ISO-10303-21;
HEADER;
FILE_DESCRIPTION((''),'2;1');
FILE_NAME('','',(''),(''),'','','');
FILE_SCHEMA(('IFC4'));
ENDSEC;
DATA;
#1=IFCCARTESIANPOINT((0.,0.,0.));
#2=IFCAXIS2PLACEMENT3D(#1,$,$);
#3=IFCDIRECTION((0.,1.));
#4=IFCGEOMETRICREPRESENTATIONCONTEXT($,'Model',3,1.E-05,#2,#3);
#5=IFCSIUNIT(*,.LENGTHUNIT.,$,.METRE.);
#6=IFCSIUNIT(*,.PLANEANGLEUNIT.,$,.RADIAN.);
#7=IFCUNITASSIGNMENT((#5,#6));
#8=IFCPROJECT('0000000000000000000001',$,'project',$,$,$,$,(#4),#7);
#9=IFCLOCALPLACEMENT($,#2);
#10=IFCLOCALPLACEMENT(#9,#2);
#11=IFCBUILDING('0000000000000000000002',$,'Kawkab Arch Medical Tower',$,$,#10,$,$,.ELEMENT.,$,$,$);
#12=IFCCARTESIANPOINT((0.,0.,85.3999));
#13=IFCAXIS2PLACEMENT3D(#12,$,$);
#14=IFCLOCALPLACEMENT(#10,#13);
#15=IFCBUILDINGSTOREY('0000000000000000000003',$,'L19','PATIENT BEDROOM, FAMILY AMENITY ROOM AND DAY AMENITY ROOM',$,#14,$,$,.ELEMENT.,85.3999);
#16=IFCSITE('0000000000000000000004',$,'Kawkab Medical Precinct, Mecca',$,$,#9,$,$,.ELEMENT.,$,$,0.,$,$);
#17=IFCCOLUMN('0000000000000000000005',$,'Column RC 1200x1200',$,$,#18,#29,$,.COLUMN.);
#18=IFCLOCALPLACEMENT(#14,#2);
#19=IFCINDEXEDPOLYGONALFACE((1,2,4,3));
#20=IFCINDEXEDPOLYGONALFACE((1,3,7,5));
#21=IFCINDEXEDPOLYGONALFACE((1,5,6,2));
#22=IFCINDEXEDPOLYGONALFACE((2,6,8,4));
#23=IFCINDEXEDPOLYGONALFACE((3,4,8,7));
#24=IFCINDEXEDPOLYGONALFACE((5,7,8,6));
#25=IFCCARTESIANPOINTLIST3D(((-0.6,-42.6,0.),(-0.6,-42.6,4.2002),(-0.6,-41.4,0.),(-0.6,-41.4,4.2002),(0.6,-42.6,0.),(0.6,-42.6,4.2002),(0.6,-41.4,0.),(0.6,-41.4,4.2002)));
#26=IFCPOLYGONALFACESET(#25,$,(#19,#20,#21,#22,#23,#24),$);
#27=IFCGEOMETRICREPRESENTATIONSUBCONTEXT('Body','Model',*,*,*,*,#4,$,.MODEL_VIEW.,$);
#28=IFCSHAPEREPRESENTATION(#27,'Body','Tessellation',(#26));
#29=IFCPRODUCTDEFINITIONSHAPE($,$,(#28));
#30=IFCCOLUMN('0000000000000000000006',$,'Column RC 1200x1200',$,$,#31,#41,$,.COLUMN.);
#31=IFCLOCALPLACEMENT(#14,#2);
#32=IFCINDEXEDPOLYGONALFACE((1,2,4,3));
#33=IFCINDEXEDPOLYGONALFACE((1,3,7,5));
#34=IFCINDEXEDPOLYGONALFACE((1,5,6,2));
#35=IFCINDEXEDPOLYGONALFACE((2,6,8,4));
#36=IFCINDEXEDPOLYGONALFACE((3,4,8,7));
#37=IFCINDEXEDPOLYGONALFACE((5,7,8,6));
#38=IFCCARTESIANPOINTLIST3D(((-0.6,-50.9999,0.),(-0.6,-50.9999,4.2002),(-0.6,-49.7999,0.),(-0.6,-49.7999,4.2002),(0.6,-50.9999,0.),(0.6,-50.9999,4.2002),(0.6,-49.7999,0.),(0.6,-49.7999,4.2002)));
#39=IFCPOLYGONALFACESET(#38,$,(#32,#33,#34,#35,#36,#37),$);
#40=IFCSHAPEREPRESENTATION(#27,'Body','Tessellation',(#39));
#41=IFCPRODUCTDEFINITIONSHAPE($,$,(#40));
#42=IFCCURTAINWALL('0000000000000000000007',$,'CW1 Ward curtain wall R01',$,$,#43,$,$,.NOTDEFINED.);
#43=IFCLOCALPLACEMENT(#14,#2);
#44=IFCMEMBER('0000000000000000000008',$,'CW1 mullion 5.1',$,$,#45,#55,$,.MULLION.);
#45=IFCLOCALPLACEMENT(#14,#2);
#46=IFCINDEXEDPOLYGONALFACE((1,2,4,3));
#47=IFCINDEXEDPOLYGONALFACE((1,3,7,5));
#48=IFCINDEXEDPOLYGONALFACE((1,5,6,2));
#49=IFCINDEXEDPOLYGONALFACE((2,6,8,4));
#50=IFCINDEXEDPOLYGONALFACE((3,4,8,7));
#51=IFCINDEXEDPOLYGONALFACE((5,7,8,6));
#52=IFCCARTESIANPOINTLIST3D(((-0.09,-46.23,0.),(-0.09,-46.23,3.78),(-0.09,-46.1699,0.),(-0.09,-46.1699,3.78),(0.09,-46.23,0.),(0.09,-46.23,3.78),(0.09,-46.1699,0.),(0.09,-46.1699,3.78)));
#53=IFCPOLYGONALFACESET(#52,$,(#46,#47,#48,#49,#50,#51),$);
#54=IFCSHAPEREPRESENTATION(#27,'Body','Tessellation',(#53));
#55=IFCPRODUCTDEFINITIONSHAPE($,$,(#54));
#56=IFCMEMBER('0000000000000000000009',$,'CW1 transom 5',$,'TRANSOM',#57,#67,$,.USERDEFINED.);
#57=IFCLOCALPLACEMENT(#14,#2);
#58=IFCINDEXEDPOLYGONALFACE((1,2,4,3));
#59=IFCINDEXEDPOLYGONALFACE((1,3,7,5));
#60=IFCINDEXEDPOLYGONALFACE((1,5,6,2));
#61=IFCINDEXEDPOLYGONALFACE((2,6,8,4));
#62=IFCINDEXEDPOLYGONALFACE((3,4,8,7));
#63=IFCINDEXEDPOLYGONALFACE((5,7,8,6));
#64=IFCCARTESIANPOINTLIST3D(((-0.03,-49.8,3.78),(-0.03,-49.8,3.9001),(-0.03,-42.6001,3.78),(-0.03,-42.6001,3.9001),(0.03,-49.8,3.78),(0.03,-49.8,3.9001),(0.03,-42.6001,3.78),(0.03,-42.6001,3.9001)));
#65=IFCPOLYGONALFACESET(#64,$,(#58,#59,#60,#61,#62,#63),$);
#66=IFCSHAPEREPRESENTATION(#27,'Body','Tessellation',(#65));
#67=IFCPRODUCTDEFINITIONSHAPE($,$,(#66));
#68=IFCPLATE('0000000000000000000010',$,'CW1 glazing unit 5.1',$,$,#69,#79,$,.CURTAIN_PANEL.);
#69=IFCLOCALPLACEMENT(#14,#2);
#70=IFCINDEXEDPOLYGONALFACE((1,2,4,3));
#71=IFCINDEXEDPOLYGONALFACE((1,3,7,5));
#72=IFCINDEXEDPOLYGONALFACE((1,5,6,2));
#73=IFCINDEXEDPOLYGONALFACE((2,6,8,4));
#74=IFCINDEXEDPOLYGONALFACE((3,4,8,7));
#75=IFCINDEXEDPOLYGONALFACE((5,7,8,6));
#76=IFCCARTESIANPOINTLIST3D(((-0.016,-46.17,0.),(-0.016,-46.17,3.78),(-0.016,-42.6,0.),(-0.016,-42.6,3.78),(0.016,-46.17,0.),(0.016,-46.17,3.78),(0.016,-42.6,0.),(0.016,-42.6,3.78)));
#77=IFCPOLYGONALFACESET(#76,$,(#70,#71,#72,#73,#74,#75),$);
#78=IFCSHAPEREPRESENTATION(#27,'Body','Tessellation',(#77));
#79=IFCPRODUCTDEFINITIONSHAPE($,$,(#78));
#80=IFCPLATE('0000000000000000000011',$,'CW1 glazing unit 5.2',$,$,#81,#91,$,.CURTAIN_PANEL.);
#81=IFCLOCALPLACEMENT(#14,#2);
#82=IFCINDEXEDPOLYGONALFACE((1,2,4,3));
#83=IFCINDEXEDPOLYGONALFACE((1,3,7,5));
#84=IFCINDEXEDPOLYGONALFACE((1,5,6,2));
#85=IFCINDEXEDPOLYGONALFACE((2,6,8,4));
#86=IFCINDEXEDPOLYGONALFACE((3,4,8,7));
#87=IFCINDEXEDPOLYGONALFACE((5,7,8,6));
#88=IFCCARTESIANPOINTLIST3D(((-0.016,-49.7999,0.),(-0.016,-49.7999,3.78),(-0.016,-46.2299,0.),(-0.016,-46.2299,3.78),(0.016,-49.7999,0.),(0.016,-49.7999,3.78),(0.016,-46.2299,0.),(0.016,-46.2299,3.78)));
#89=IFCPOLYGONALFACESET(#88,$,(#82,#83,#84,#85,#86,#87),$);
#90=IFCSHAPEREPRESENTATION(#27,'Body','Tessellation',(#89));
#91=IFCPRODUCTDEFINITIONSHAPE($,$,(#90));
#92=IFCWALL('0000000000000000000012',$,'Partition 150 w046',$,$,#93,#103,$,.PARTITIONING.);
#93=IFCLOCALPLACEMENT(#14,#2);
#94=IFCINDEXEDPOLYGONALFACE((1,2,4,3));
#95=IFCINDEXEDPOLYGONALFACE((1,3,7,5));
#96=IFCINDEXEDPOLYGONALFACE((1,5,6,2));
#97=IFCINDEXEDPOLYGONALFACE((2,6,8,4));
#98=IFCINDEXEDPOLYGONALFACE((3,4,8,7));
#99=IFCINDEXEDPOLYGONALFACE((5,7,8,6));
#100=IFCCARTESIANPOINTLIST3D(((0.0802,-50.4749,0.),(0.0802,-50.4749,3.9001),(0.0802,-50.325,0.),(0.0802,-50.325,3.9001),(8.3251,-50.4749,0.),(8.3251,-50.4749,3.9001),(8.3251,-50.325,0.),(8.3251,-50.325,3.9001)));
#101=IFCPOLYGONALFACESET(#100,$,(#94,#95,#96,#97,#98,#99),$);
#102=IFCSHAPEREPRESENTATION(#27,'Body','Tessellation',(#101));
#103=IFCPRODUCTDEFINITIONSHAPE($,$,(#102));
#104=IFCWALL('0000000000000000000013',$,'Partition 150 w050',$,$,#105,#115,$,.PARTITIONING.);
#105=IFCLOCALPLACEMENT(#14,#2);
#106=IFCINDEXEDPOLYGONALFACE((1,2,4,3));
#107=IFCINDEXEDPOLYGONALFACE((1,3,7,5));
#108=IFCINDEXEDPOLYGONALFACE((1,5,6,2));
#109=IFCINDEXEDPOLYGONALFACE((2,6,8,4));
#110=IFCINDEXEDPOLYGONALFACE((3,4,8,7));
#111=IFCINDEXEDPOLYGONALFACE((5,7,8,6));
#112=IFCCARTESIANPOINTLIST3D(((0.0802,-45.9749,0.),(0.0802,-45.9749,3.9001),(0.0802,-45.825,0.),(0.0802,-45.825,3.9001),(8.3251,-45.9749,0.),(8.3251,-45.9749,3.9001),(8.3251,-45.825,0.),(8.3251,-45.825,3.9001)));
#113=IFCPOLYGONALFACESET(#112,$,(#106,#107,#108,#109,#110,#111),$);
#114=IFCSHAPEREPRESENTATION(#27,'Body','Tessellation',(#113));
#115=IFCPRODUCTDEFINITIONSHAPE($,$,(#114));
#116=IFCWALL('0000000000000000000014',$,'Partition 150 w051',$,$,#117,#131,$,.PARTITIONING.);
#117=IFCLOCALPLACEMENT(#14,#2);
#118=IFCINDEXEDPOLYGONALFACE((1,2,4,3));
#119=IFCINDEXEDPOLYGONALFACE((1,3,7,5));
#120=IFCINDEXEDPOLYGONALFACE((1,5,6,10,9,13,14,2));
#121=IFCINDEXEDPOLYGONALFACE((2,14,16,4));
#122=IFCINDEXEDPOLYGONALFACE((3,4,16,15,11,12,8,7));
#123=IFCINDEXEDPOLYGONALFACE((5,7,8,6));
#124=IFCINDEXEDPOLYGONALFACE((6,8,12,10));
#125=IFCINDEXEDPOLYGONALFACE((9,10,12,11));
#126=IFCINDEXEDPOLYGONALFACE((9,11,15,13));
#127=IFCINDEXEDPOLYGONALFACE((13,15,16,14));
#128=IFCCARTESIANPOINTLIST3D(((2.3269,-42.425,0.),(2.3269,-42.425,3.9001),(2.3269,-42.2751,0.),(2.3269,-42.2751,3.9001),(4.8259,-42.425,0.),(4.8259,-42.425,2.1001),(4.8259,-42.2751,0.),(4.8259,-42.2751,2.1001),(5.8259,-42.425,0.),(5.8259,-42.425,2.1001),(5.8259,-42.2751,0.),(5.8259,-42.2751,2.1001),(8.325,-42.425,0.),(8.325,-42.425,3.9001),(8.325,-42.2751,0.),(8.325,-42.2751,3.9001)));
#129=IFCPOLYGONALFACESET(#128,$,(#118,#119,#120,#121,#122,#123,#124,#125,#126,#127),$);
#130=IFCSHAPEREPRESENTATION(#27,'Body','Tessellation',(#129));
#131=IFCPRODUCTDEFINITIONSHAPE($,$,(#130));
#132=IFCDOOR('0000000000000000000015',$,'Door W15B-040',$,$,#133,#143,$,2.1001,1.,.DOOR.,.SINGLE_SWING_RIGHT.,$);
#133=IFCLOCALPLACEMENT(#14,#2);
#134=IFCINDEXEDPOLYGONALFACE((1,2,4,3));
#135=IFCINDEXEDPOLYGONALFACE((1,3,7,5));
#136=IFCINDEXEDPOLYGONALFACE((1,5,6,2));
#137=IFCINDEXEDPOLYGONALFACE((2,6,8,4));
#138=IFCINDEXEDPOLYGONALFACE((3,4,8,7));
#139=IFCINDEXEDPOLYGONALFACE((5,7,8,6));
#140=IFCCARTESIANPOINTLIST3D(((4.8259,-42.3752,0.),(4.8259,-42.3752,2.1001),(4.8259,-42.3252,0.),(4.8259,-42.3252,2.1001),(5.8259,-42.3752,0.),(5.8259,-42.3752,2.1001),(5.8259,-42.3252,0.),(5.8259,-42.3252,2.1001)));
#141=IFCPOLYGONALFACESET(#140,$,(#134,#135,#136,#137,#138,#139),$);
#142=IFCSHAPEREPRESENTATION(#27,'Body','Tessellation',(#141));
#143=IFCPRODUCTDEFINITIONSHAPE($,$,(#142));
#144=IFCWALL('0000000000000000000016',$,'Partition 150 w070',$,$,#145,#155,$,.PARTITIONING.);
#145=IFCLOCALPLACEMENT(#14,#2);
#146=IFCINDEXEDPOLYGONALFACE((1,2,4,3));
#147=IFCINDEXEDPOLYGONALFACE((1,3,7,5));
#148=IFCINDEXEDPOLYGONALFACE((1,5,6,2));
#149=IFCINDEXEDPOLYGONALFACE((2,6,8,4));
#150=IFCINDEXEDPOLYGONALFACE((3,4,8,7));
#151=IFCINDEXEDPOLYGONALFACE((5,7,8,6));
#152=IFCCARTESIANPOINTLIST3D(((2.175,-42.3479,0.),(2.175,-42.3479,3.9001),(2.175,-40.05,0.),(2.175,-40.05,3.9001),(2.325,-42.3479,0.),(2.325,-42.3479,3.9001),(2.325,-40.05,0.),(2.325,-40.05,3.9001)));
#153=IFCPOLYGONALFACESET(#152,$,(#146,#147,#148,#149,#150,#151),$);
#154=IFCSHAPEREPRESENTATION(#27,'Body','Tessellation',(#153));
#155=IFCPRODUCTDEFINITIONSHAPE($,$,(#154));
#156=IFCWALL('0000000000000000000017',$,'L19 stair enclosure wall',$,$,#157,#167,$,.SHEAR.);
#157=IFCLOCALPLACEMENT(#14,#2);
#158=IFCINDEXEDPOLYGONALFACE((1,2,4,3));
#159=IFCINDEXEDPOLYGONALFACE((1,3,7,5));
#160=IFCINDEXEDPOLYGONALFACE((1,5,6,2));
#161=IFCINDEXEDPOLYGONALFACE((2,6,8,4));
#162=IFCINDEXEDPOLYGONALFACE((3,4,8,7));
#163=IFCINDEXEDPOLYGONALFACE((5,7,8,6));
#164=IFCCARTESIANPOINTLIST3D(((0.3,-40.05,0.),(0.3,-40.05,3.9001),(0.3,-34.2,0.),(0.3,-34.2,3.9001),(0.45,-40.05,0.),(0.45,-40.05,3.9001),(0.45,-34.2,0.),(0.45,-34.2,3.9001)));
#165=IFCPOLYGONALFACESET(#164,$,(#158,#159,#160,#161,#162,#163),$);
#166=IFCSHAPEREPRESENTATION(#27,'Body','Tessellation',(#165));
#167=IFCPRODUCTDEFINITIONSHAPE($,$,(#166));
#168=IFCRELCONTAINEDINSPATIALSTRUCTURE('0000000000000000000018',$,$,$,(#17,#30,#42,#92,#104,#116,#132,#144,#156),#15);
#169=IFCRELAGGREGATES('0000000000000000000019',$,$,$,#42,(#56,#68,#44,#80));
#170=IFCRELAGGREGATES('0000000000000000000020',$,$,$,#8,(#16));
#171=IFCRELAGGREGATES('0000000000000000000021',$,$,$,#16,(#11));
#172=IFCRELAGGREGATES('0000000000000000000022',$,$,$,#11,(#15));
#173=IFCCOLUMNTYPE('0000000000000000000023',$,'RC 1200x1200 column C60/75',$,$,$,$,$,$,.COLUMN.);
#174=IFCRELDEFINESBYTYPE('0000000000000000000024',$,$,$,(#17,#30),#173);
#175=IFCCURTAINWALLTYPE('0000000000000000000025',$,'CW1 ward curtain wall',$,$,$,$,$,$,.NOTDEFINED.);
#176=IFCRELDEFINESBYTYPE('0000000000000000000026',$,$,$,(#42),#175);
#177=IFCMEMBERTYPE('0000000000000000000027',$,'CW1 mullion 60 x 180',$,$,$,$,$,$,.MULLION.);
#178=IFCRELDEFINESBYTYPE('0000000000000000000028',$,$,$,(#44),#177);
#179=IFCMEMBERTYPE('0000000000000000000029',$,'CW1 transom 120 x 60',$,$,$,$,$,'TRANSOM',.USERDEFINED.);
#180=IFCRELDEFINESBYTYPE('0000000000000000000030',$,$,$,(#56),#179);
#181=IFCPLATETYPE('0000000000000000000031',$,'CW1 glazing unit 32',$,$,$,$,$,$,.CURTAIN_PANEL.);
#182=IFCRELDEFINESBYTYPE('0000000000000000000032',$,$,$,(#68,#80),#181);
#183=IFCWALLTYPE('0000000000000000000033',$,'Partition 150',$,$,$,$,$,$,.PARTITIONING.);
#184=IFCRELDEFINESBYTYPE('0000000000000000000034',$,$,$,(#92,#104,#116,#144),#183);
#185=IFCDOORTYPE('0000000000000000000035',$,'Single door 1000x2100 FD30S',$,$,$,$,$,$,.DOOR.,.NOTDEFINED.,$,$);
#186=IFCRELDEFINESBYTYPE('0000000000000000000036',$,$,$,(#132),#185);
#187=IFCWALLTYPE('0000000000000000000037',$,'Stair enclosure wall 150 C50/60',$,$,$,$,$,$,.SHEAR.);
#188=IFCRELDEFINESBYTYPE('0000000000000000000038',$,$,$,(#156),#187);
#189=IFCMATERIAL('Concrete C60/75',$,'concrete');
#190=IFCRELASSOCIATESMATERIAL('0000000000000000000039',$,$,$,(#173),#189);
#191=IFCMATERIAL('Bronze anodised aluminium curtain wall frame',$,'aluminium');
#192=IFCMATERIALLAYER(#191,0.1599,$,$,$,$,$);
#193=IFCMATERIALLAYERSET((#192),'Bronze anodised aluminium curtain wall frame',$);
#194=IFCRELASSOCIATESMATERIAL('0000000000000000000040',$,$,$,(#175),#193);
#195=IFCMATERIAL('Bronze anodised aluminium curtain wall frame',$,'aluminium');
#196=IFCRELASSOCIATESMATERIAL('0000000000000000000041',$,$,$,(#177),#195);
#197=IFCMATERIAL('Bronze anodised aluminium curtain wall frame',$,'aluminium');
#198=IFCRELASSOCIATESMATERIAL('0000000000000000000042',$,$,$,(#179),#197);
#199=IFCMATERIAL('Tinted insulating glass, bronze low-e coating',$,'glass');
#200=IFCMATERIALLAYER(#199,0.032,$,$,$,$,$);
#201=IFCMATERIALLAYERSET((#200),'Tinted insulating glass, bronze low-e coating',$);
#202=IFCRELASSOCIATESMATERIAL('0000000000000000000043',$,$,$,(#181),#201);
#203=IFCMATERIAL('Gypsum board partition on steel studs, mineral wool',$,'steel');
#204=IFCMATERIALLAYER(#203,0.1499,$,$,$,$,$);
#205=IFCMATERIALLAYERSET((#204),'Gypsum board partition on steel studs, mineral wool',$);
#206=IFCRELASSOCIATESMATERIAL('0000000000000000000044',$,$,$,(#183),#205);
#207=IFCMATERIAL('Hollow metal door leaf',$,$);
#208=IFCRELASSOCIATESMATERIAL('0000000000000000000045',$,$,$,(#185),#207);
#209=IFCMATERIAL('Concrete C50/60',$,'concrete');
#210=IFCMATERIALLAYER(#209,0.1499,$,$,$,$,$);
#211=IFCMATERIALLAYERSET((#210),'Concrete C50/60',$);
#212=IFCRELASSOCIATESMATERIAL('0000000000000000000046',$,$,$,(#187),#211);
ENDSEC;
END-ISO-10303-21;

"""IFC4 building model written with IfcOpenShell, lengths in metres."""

from ifc_helpers import new_model, si_unit, direction, frame, frame_2d, origin, origin_2d, place, context, subcontext, project, spatial, rectangle, extrude, material, layer, layer_set, material_profile, profile_set, type_object, element, fill, aggregate, save


model = new_model("IFC4")

# Units and contexts
model_context = context("Model", 3, precision=1e-05, world=origin(), true_north=direction((0.0, 1.0)))
body_context = subcontext(model_context, "Body", "Model", "MODEL_VIEW")
ifc_project = project(units=[si_unit("LENGTHUNIT", "METRE"), si_unit("PLANEANGLEUNIT", "RADIAN")], contexts=[model_context])

# Site, building, storey
site_placement = place(None, origin())
site = spatial("IfcSite", under=ifc_project, at=site_placement, Name="Kawkab Medical Precinct, Mecca", CompositionType="ELEMENT", RefElevation=0.0)
building_placement = place(site_placement, origin())
building = spatial("IfcBuilding", under=site, at=building_placement, Name="Kawkab Arch Medical Tower", CompositionType="ELEMENT")
storey_placement = place(building_placement, frame((0.0, 0.0, 85.3999)))
storey = spatial("IfcBuildingStorey", under=building, at=storey_placement, Name="L19", Description="PATIENT BEDROOM, FAMILY AMENITY ROOM AND DAY AMENITY ROOM", CompositionType="ELEMENT", Elevation=85.3999)

# Columns
ifc_material_1 = material(Name="Concrete C60/75", Category="concrete")
ifc_material_profile_1 = material_profile(ifc_material_1, rectangle(XDim=1.2, YDim=1.2, at=origin_2d()), Name="RC 1200x1200")
ifc_profile_set_1 = profile_set([ifc_material_profile_1], Name="Concrete C60/75")
column_type = type_object("IfcColumnType", Name="RC 1200x1200 column C60/75", PredefinedType="COLUMN", material=ifc_profile_set_1)
for number, where, z_axis, x_axis, name in (
    (1, (0.0, -42.0, 0.0), (0.0, 0.0, 1.0), (1.0, 0.0, 0.0), "Column RC 1200x1200"),
    (2, (0.0, -50.3999, 0.0), (0.0, 0.0, 1.0), (1.0, 0.0, 0.0), "Column RC 1200x1200"),
):
    element("IfcColumn", number, at=place(storey_placement, frame(where, z_axis=z_axis, x_axis=x_axis)), inside=storey, type_object=column_type, Name=name, PredefinedType="COLUMN", context=body_context, shape_type="SweptSolid", body=[
        extrude(rectangle(XDim=1.2, YDim=1.2, at=origin_2d()), origin(), (0.0, 0.0, 1.0), 4.2002),
    ])

# Curtain wall, members, plates
ifc_material_2 = material(Name="Bronze anodised aluminium curtain wall frame", Category="aluminium")
ifc_layer_1 = layer(ifc_material_2, 0.1599)
ifc_layer_set_1 = layer_set([ifc_layer_1], Name="Bronze anodised aluminium curtain wall frame")
curtain_wall_type = type_object("IfcCurtainWallType", Name="CW1 ward curtain wall", PredefinedType="NOTDEFINED", material=ifc_layer_set_1)
curtain_wall_placement = place(storey_placement, origin())
curtain_wall = element("IfcCurtainWall", 3, at=curtain_wall_placement, inside=storey, type_object=curtain_wall_type, Name="CW1 Ward curtain wall R01", PredefinedType="NOTDEFINED")
ifc_material_3 = material(Name="Bronze anodised aluminium curtain wall frame", Category="aluminium")
ifc_material_profile_2 = material_profile(ifc_material_3, rectangle(XDim=0.1799, YDim=0.0601, at=origin_2d()), Name="AL 60x180")
ifc_profile_set_2 = profile_set([ifc_material_profile_2], Name="Bronze anodised aluminium curtain wall frame")
member_type_1 = type_object("IfcMemberType", Name="CW1 mullion 60 x 180", PredefinedType="MULLION", material=ifc_profile_set_2)
member_1_placement = place(storey_placement, frame((0.0, -46.2, 0.0), z_axis=(0.0, 0.0, 1.0), x_axis=(1.0, 0.0, 0.0)))
member_1 = element("IfcMember", 4, at=member_1_placement, type_object=member_type_1, Name="CW1 mullion 5.1", PredefinedType="MULLION", context=body_context, shape_type="SweptSolid", body=[
    extrude(rectangle(XDim=0.1799, YDim=0.0601, at=origin_2d()), origin(), (0.0, 0.0, 1.0), 3.78),
])
ifc_material_4 = material(Name="Bronze anodised aluminium curtain wall frame", Category="aluminium")
ifc_material_profile_3 = material_profile(ifc_material_4, rectangle(XDim=0.0601, YDim=0.1201, at=origin_2d()), Name="AL 60x120")
ifc_profile_set_3 = profile_set([ifc_material_profile_3], Name="Bronze anodised aluminium curtain wall frame")
member_type_2 = type_object("IfcMemberType", Name="CW1 transom 120 x 60", ElementType="TRANSOM", PredefinedType="USERDEFINED", material=ifc_profile_set_3)
member_2_placement = place(storey_placement, frame((0.0, -42.6001, 3.8401), z_axis=(0.0, -1.0, 0.0), x_axis=(1.0, 0.0, 0.0)))
member_2 = element("IfcMember", 5, at=member_2_placement, type_object=member_type_2, Name="CW1 transom 5", ObjectType="TRANSOM", PredefinedType="USERDEFINED", context=body_context, shape_type="SweptSolid", body=[
    extrude(rectangle(XDim=0.0601, YDim=0.1201, at=origin_2d()), origin(), (0.0, 0.0, 1.0), 7.2),
])
ifc_material_5 = material(Name="Tinted insulating glass, bronze low-e coating", Category="glass")
ifc_layer_2 = layer(ifc_material_5, 0.032)
ifc_layer_set_2 = layer_set([ifc_layer_2], Name="Tinted insulating glass, bronze low-e coating")
plate_type = type_object("IfcPlateType", Name="CW1 glazing unit 32", PredefinedType="CURTAIN_PANEL", material=ifc_layer_set_2)
plate_1_placement = place(storey_placement, frame((0.0, -44.385, 0.0), z_axis=(0.0, 0.0, 1.0), x_axis=(0.0, -1.0, 0.0)))
plate_1 = element("IfcPlate", 6, at=plate_1_placement, type_object=plate_type, Name="CW1 glazing unit 5.1", PredefinedType="CURTAIN_PANEL", context=body_context, shape_type="SweptSolid", body=[
    extrude(rectangle(XDim=3.5701, YDim=0.032, at=origin_2d()), origin(), (0.0, 0.0, 1.0), 3.78),
])
plate_2_placement = place(storey_placement, frame((0.0, -48.0149, 0.0), z_axis=(0.0, 0.0, 1.0), x_axis=(0.0, -1.0, 0.0)))
plate_2 = element("IfcPlate", 7, at=plate_2_placement, type_object=plate_type, Name="CW1 glazing unit 5.2", PredefinedType="CURTAIN_PANEL", context=body_context, shape_type="SweptSolid", body=[
    extrude(rectangle(XDim=3.5701, YDim=0.032, at=origin_2d()), origin(), (0.0, 0.0, 1.0), 3.78),
])
aggregate(curtain_wall, [member_2, plate_1, member_1, plate_2])

# Walls
ifc_material_6 = material(Name="Gypsum board partition on steel studs, mineral wool", Category="steel")
ifc_layer_3 = layer(ifc_material_6, 0.1499)
ifc_layer_set_3 = layer_set([ifc_layer_3], Name="Gypsum board partition on steel studs, mineral wool")
wall_type_1 = type_object("IfcWallType", Name="Partition 150", PredefinedType="PARTITIONING", material=ifc_layer_set_3)
for number, where, z_axis, x_axis, name in (
    (8, (0.0801, -50.3999, 0.0), (0.0, 0.0, 1.0), (1.0, 0.0, 0.0), "Partition 150 w046"),
    (9, (0.0801, -45.8999, 0.0), (0.0, 0.0, 1.0), (1.0, 0.0, 0.0), "Partition 150 w050"),
):
    element("IfcWall", number, at=place(storey_placement, frame(where, z_axis=z_axis, x_axis=x_axis)), inside=storey, type_object=wall_type_1, Name=name, PredefinedType="PARTITIONING", context=body_context, shape_type="SweptSolid", body=[
        extrude(rectangle(XDim=8.2449, YDim=0.1499, at=frame_2d((4.1226, 0.0))), origin(), (0.0, 0.0, 1.0), 3.9001),
    ])

# Wall, opening, door
wall_1_placement = place(storey_placement, frame((2.3269, -42.3501, 0.0), z_axis=(0.0, 0.0, 1.0), x_axis=(1.0, 0.0, 0.0)))
wall_1 = element("IfcWall", 10, at=wall_1_placement, inside=storey, type_object=wall_type_1, Name="Partition 150 w051", PredefinedType="PARTITIONING", context=body_context, shape_type="SweptSolid", body=[
    extrude(rectangle(XDim=5.998, YDim=0.1499, at=frame_2d((2.999, 0.0))), origin(), (0.0, 0.0, 1.0), 3.9001),
])
opening_1_placement = place(wall_1_placement, frame((2.499, 0.0, 0.0)))
opening_1 = element("IfcOpeningElement", 11, at=opening_1_placement, cuts=wall_1, PredefinedType="OPENING", context=body_context, shape_type="SweptSolid", body=[
    extrude(rectangle(XDim=1.0, YDim=2.1001, at=frame_2d((0.5, 1.05))), frame((0.0, 0.085, 0.0), z_axis=(0.0, -1.0, 0.0), x_axis=(1.0, 0.0, 0.0)), (0.0, 0.0, 1.0), 0.1699),
])
ifc_material_7 = material(Name="Hollow metal door leaf")
door_type_1 = type_object("IfcDoorType", Name="Single door 1000x2100 FD30S", OperationType="NOTDEFINED", PredefinedType="DOOR", material=ifc_material_7)
door_1_placement = place(opening_1_placement, origin())
door_1 = element("IfcDoor", 12, at=door_1_placement, inside=storey, type_object=door_type_1, Name="Door W15B-040", OperationType="SINGLE_SWING_RIGHT", OverallHeight=2.1001, OverallWidth=1.0, PredefinedType="DOOR", context=body_context, shape_type="SweptSolid", body=[
    extrude(rectangle(XDim=1.0, YDim=2.1001, at=frame_2d((0.5, 1.05))), frame((0.0, 0.0249, 0.0), z_axis=(0.0, -1.0, 0.0), x_axis=(1.0, 0.0, 0.0)), (0.0, 0.0, 1.0), 0.05),
])
fill(opening_1, door_1)

# Walls
wall_2_placement = place(storey_placement, frame((2.25, -42.3479, 0.0), z_axis=(0.0, 0.0, 1.0), x_axis=(0.0, 1.0, 0.0)))
element("IfcWall", 13, at=wall_2_placement, inside=storey, type_object=wall_type_1, Name="Partition 150 w070", PredefinedType="PARTITIONING", context=body_context, shape_type="SweptSolid", body=[
    extrude(rectangle(XDim=2.2979, YDim=0.1499, at=frame_2d((1.1489, 0.0))), origin(), (0.0, 0.0, 1.0), 3.9001),
])
ifc_material_8 = material(Name="Concrete C50/60", Category="concrete")
ifc_layer_4 = layer(ifc_material_8, 0.1499)
ifc_layer_set_4 = layer_set([ifc_layer_4], Name="Concrete C50/60")
wall_type_2 = type_object("IfcWallType", Name="Stair enclosure wall 150 C50/60", PredefinedType="SHEAR", material=ifc_layer_set_4)
wall_3_placement = place(storey_placement, frame((0.375, -40.05, 0.0), z_axis=(0.0, 0.0, 1.0), x_axis=(0.0, 1.0, 0.0)))
element("IfcWall", 14, at=wall_3_placement, inside=storey, type_object=wall_type_2, Name="L19 stair enclosure wall", PredefinedType="SHEAR", context=body_context, shape_type="SweptSolid", body=[
    extrude(rectangle(XDim=5.8501, YDim=0.1499, at=frame_2d((2.925, 0.0))), origin(), (0.0, 0.0, 1.0), 3.9001),
])

save(model, "model.ifc")
